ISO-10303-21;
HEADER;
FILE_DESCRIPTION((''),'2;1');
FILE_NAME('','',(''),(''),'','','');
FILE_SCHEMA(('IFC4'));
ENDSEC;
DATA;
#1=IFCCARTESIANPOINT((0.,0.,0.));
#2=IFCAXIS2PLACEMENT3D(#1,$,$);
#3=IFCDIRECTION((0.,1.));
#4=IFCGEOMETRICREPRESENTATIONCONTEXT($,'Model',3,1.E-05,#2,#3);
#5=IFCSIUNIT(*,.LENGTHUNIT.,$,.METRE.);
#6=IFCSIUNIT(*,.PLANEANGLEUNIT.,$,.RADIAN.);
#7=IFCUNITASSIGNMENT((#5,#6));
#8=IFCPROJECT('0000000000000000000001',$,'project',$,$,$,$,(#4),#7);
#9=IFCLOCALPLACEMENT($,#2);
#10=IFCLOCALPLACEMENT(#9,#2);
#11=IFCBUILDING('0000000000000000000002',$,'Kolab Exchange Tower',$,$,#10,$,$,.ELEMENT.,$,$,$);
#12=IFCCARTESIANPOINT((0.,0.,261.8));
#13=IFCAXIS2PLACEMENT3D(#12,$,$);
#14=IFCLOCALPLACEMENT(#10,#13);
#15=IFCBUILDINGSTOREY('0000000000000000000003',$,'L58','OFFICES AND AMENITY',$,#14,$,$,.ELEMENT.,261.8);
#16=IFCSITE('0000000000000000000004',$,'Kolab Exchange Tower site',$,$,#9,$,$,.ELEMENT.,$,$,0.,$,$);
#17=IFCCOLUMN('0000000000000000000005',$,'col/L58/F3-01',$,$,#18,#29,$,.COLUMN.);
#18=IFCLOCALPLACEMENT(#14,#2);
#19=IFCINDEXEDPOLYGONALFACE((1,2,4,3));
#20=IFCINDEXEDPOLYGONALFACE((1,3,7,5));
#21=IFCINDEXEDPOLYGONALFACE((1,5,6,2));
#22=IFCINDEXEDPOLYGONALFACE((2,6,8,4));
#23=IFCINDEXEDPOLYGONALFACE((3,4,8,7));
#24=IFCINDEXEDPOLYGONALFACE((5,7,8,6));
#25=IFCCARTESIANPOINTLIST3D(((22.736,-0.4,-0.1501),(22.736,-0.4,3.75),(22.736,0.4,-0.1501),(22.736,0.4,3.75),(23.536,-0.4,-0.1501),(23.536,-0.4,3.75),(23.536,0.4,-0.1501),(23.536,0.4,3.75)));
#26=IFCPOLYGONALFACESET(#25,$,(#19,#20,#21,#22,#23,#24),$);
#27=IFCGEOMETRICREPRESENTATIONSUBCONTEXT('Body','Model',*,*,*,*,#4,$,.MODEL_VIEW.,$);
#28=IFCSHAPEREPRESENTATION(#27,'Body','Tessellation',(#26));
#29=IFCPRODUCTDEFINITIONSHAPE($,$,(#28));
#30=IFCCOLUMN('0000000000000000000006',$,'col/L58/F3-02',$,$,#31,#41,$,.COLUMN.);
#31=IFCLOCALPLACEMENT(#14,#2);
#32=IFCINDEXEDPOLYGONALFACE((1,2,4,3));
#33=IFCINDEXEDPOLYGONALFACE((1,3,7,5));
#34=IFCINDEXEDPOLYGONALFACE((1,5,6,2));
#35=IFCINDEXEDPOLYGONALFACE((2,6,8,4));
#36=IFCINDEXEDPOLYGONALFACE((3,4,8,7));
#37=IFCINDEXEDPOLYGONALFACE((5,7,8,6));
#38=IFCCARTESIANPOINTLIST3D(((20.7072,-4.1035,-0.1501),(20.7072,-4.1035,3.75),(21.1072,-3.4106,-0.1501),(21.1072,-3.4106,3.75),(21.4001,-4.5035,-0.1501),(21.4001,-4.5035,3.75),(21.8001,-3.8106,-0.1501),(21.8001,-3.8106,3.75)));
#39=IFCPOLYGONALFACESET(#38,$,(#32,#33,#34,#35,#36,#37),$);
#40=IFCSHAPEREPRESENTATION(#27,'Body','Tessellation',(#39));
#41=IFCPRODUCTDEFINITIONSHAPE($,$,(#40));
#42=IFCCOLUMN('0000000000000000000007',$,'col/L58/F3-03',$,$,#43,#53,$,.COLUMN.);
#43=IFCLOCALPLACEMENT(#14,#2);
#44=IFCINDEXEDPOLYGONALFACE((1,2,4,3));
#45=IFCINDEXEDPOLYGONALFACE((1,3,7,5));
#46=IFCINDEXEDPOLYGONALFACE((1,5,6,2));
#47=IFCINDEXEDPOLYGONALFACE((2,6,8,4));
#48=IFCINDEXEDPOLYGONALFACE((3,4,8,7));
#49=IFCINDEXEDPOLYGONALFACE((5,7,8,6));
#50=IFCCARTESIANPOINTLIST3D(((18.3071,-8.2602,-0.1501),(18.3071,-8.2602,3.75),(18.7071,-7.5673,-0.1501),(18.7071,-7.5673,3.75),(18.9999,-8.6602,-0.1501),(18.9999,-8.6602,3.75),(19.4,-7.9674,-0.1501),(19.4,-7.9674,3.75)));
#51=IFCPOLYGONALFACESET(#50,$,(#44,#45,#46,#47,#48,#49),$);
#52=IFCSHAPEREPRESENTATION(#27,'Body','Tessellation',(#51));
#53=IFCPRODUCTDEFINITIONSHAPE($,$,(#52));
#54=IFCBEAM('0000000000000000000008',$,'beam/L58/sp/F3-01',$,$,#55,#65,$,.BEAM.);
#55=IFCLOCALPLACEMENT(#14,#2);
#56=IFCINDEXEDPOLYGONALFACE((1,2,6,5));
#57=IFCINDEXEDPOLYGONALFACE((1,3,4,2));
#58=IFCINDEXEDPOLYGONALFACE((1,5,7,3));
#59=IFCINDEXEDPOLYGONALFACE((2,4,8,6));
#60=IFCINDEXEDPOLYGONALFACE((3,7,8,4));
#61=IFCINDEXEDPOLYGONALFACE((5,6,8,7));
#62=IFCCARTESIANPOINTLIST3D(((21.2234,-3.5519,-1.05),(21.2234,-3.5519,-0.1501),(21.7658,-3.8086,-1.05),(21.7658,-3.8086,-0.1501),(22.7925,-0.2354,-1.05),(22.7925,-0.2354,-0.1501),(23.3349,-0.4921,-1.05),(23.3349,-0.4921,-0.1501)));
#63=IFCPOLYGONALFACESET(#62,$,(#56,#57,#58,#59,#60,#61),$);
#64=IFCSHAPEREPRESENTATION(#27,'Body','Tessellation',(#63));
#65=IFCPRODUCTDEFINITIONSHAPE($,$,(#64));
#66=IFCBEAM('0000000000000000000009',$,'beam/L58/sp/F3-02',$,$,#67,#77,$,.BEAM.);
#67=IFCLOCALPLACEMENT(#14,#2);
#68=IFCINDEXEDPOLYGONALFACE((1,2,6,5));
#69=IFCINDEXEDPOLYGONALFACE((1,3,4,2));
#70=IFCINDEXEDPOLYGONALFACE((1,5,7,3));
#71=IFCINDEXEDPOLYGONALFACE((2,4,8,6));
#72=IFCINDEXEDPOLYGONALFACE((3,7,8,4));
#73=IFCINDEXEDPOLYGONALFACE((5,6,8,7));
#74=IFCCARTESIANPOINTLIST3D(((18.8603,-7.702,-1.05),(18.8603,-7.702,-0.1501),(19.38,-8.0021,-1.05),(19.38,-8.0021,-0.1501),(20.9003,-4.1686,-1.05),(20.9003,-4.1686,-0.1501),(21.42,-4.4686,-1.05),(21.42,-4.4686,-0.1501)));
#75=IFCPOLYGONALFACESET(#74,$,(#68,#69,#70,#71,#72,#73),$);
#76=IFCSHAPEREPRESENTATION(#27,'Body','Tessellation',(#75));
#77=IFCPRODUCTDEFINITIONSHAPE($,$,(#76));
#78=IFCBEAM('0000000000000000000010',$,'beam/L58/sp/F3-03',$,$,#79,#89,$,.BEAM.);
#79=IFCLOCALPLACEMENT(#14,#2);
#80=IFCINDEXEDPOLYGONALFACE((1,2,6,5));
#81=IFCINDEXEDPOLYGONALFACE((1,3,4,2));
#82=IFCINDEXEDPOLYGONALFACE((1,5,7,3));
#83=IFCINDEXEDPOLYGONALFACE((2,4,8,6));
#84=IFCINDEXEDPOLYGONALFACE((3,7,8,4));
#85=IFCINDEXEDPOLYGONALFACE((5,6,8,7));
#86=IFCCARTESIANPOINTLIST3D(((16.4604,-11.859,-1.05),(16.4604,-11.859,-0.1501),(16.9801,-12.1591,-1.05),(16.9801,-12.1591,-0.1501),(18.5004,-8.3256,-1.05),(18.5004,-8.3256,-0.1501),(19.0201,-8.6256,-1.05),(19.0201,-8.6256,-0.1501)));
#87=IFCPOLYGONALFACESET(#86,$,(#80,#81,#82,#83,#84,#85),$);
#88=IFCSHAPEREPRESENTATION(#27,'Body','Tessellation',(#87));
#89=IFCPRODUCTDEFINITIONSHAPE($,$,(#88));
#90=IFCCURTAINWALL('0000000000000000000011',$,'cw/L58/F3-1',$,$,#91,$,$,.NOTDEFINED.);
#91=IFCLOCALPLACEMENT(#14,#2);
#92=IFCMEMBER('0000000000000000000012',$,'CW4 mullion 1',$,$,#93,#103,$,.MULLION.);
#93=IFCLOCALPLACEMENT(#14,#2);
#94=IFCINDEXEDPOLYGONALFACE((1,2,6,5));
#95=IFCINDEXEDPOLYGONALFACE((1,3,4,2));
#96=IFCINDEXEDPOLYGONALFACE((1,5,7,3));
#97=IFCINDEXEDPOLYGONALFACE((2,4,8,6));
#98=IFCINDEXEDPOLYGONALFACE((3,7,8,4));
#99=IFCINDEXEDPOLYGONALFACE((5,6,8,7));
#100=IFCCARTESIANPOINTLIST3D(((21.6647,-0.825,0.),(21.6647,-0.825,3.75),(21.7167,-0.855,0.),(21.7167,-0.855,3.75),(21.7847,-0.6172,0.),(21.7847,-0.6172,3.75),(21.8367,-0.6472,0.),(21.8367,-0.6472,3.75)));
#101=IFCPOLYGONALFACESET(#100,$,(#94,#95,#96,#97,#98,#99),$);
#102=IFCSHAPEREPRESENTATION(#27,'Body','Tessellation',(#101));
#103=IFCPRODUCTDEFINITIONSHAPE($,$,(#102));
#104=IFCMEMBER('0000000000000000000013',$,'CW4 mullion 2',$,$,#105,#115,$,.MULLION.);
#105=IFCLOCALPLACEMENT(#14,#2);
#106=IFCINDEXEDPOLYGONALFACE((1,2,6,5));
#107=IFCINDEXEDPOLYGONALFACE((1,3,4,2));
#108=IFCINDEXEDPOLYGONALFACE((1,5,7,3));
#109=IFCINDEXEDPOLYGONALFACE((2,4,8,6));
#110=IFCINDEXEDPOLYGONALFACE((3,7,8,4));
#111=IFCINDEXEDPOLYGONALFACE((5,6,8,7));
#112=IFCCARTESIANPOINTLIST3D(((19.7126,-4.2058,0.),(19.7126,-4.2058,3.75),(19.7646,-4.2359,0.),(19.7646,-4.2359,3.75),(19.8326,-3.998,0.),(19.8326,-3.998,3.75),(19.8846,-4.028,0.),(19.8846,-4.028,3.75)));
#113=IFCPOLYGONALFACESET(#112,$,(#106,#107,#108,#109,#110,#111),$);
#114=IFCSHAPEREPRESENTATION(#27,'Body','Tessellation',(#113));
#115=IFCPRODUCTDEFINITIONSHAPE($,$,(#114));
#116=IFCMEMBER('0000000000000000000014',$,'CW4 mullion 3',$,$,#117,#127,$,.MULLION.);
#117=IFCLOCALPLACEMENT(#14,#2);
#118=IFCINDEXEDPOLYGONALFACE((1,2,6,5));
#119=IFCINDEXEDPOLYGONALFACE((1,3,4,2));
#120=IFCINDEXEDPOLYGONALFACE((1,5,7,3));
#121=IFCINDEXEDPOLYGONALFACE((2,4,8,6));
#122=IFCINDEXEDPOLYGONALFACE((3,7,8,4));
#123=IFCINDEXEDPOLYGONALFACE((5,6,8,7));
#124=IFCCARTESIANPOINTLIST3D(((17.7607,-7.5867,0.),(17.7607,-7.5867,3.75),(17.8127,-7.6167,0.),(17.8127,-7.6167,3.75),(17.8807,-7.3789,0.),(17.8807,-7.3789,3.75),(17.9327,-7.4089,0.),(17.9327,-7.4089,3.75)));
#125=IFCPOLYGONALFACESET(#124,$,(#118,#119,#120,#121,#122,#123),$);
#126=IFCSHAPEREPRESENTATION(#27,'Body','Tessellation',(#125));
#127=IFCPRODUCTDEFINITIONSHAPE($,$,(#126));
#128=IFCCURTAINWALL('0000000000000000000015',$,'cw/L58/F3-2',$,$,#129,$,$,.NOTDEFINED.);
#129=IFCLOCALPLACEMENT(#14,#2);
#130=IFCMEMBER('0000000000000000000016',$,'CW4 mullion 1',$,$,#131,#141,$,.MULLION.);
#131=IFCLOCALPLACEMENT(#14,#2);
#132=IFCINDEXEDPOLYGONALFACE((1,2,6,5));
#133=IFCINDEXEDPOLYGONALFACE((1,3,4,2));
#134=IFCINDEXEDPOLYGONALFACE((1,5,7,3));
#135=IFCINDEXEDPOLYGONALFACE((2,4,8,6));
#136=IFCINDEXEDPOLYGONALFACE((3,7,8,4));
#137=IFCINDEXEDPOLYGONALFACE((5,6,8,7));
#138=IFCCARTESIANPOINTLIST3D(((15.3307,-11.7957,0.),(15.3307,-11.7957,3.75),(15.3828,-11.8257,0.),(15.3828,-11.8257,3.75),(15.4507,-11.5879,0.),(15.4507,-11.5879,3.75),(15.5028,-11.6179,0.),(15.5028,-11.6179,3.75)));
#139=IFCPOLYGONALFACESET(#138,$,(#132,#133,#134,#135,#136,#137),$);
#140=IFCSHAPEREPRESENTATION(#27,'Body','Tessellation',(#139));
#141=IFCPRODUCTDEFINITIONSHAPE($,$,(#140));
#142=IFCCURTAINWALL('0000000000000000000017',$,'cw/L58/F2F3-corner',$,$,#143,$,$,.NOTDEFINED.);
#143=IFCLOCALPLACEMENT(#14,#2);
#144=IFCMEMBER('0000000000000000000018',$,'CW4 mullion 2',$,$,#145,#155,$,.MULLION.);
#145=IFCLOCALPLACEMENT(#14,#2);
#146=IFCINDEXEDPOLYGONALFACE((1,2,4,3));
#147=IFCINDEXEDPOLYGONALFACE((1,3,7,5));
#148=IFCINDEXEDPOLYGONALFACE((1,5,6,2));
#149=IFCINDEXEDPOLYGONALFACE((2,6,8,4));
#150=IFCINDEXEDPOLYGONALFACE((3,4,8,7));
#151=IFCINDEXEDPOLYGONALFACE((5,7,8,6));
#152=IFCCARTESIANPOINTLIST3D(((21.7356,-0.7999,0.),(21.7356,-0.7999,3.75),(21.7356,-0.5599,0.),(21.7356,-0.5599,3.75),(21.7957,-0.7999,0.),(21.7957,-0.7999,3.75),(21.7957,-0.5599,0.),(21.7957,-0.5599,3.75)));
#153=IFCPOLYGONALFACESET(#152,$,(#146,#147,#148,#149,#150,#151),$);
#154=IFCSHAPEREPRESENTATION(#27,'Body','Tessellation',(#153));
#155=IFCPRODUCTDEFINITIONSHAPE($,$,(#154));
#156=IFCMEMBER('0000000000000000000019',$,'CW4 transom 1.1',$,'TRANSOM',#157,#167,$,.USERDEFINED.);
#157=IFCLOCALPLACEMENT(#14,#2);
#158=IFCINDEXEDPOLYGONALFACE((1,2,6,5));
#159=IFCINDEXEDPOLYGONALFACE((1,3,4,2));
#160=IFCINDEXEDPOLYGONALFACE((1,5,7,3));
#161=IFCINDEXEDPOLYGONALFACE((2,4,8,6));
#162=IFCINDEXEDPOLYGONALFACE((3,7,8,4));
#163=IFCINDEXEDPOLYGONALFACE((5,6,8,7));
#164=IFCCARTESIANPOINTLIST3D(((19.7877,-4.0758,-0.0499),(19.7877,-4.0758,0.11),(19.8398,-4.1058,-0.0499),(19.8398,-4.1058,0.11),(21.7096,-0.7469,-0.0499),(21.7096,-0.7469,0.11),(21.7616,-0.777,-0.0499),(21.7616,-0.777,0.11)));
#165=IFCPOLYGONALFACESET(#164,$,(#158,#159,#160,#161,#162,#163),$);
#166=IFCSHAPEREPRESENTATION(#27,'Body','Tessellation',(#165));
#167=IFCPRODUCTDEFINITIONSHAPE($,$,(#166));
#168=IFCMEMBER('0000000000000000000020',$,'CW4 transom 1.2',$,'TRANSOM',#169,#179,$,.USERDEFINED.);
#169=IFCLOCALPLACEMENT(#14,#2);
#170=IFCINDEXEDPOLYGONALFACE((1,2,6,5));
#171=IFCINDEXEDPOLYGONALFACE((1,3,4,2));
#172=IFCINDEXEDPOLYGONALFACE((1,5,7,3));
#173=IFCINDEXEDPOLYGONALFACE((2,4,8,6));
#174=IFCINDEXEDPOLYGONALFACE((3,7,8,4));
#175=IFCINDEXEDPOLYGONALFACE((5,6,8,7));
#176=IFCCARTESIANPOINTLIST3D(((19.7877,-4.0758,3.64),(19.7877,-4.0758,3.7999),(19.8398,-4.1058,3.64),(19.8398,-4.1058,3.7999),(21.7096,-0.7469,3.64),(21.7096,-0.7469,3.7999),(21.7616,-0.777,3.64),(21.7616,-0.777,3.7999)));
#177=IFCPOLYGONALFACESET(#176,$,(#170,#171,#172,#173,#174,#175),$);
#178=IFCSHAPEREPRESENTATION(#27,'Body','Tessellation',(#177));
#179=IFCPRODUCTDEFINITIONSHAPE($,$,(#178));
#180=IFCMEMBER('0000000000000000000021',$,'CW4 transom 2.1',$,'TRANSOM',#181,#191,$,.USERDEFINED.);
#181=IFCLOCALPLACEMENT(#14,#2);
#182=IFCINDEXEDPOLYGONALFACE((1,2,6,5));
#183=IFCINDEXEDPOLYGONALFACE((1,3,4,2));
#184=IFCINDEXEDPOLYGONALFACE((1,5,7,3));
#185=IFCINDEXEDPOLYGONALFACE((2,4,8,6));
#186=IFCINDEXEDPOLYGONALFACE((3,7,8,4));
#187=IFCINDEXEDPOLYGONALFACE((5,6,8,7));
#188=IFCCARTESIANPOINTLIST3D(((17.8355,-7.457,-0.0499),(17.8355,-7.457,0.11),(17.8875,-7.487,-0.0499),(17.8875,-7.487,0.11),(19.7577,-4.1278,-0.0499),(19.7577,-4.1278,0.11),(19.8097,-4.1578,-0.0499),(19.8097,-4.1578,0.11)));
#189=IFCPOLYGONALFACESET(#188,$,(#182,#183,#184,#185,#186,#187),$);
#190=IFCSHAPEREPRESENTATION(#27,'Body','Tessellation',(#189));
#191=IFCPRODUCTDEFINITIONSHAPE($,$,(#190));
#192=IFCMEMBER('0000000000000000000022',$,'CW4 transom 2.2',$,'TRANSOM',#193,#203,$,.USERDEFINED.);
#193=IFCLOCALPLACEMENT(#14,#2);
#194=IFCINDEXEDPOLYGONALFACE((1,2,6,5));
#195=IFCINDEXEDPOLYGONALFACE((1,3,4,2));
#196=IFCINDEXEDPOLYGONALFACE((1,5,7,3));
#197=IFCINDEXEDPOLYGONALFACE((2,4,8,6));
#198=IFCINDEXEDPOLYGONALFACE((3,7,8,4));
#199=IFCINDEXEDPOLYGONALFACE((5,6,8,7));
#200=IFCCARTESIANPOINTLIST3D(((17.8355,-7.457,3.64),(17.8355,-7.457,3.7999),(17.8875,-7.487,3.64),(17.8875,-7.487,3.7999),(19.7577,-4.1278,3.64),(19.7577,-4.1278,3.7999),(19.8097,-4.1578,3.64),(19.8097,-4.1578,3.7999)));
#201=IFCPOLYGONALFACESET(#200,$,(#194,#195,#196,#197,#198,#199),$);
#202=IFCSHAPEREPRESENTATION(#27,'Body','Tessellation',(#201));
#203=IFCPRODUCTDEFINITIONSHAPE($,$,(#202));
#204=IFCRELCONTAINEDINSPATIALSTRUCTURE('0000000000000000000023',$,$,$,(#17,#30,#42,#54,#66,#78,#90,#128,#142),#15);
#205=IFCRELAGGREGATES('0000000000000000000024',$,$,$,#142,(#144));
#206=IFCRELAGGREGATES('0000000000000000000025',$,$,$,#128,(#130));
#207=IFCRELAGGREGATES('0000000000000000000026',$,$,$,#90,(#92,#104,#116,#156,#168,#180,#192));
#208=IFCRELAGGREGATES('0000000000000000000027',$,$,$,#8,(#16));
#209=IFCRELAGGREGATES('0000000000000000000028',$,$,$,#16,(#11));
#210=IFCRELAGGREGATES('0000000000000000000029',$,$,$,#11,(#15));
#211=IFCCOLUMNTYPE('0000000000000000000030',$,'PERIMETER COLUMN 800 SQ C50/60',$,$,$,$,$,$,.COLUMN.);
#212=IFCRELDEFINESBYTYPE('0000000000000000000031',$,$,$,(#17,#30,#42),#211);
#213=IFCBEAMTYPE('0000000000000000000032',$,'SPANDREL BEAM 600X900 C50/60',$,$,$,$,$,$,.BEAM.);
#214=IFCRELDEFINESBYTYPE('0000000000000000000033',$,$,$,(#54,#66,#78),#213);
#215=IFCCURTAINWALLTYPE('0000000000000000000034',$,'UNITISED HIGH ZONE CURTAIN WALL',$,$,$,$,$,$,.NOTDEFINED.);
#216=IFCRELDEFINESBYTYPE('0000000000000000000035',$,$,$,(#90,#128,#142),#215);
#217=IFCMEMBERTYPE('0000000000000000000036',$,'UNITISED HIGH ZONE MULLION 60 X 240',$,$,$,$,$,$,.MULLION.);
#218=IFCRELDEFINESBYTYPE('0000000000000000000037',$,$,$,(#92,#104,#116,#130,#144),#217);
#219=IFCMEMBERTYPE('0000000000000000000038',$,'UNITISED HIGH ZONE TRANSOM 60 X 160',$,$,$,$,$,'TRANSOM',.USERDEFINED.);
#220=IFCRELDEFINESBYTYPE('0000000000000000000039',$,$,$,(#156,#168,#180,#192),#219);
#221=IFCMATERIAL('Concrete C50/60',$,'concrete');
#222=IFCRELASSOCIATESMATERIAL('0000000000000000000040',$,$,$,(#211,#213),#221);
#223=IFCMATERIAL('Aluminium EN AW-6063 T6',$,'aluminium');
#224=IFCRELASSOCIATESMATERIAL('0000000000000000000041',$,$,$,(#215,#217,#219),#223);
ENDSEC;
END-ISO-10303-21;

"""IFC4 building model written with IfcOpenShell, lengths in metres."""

from ifc_helpers import new_model, si_unit, direction, frame, origin, origin_2d, place, context, subcontext, project, spatial, rectangle, extrude, material, material_profile, profile_set, type_object, element, aggregate, save


model = new_model("IFC4")

# Units and contexts
model_context = context("Model", 3, precision=1e-05, world=origin(), true_north=direction((0.0, 1.0)))
body_context = subcontext(model_context, "Body", "Model", "MODEL_VIEW")
ifc_project = project(units=[si_unit("LENGTHUNIT", "METRE"), si_unit("PLANEANGLEUNIT", "RADIAN")], contexts=[model_context])

# Site, building, storey
site_placement = place(None, origin())
site = spatial("IfcSite", under=ifc_project, at=site_placement, Name="Kolab Exchange Tower site", CompositionType="ELEMENT", RefElevation=0.0)
building_placement = place(site_placement, origin())
building = spatial("IfcBuilding", under=site, at=building_placement, Name="Kolab Exchange Tower", CompositionType="ELEMENT")
storey_placement = place(building_placement, frame((0.0, 0.0, 261.8)))
storey = spatial("IfcBuildingStorey", under=building, at=storey_placement, Name="L58", Description="OFFICES AND AMENITY", CompositionType="ELEMENT", Elevation=261.8)

# Columns
ifc_material_1 = material(Name="Concrete C50/60", Category="concrete")
ifc_material_profile_1 = material_profile(ifc_material_1, rectangle(XDim=0.8, YDim=0.8, at=origin_2d()), Name="RC800")
ifc_profile_set_1 = profile_set([ifc_material_profile_1], Name="Concrete C50/60")
column_type = type_object("IfcColumnType", Name="PERIMETER COLUMN 800 SQ C50/60", PredefinedType="COLUMN", material=ifc_profile_set_1)
for number, where, z_axis, x_axis, name in (
    (1, (23.136, 0.0, -0.1501), (0.0, 0.0, 1.0), (1.0, 0.0, 0.0), "col/L58/F3-01"),
    (2, (21.2537, -3.957, -0.1501), (0.0, 0.0, 1.0), (0.5, 0.866025, 0.0), "col/L58/F3-02"),
    (3, (18.8535, -8.1138, -0.1501), (0.0, 0.0, 1.0), (0.5, 0.866025, 0.0), "col/L58/F3-03"),
):
    element("IfcColumn", number, at=place(storey_placement, frame(where, z_axis=z_axis, x_axis=x_axis)), inside=storey, type_object=column_type, Name=name, PredefinedType="COLUMN", context=body_context, shape_type="SweptSolid", body=[
        extrude(rectangle(XDim=0.8, YDim=0.8, at=origin_2d()), origin(), (0.0, 0.0, 1.0), 3.9001),
    ])

# Beams
ifc_material_profile_2 = material_profile(ifc_material_1, rectangle(XDim=0.6001, YDim=0.8999, at=origin_2d()), Name="RC600X900")
ifc_profile_set_2 = profile_set([ifc_material_profile_2], Name="Concrete C50/60")
beam_type = type_object("IfcBeamType", Name="SPANDREL BEAM 600X900 C50/60", PredefinedType="BEAM", material=ifc_profile_set_2)
beam_placement = place(storey_placement, frame((23.0637, -0.3638, -0.6001), z_axis=(-0.427677, -0.903932, 0.0), x_axis=(0.903932, -0.427677, 0.0)))
element("IfcBeam", 4, at=beam_placement, inside=storey, type_object=beam_type, Name="beam/L58/sp/F3-01", PredefinedType="BEAM", context=body_context, shape_type="SweptSolid", body=[
    extrude(rectangle(XDim=0.6001, YDim=0.8999, at=origin_2d()), origin(), (0.0, 0.0, 1.0), 3.6689),
])
for number, where, z_axis, x_axis, name in (
    (5, (21.1602, -4.3186, -0.6001), (-0.5, -0.866025, 0.0), (0.866025, -0.5, 0.0), "beam/L58/sp/F3-02"),
    (6, (18.7603, -8.4756, -0.6001), (-0.5, -0.866025, 0.0), (0.866025, -0.5, 0.0), "beam/L58/sp/F3-03"),
):
    element("IfcBeam", number, at=place(storey_placement, frame(where, z_axis=z_axis, x_axis=x_axis)), inside=storey, type_object=beam_type, Name=name, PredefinedType="BEAM", context=body_context, shape_type="SweptSolid", body=[
        extrude(rectangle(XDim=0.6001, YDim=0.8999, at=origin_2d()), origin(), (0.0, 0.0, 1.0), 4.0801),
    ])

# Curtain wall, members
ifc_material_2 = material(Name="Aluminium EN AW-6063 T6", Category="aluminium")
curtain_wall_type = type_object("IfcCurtainWallType", Name="UNITISED HIGH ZONE CURTAIN WALL", PredefinedType="NOTDEFINED", material=ifc_material_2)
curtain_wall_1_placement = place(storey_placement, origin())
curtain_wall_1 = element("IfcCurtainWall", 7, at=curtain_wall_1_placement, inside=storey, type_object=curtain_wall_type, Name="cw/L58/F3-1", PredefinedType="NOTDEFINED")
ifc_material_profile_3 = material_profile(ifc_material_2, rectangle(XDim=0.0601, YDim=0.24, at=origin_2d()), Name="RECT 60X240")
ifc_profile_set_3 = profile_set([ifc_material_profile_3], Name="Aluminium EN AW-6063 T6")
member_type_1 = type_object("IfcMemberType", Name="UNITISED HIGH ZONE MULLION 60 X 240", PredefinedType="MULLION", material=ifc_profile_set_3)
member_1_placement = place(storey_placement, frame((21.7507, -0.7361, 0.0), z_axis=(0.0, 0.0, 1.0), x_axis=(0.866025, -0.5, 0.0)))
member_1 = element("IfcMember", 8, at=member_1_placement, type_object=member_type_1, Name="CW4 mullion 1", PredefinedType="MULLION", context=body_context, shape_type="SweptSolid", body=[
    extrude(rectangle(XDim=0.0601, YDim=0.24, at=origin_2d()), origin(), (0.0, 0.0, 1.0), 3.75),
])
member_2_placement = place(storey_placement, frame((19.7986, -4.1169, 0.0), z_axis=(0.0, 0.0, 1.0), x_axis=(0.866025, -0.5, 0.0)))
member_2 = element("IfcMember", 9, at=member_2_placement, type_object=member_type_1, Name="CW4 mullion 2", PredefinedType="MULLION", context=body_context, shape_type="SweptSolid", body=[
    extrude(rectangle(XDim=0.0601, YDim=0.24, at=origin_2d()), origin(), (0.0, 0.0, 1.0), 3.75),
])
member_3_placement = place(storey_placement, frame((17.8467, -7.4978, 0.0), z_axis=(0.0, 0.0, 1.0), x_axis=(0.866025, -0.5, 0.0)))
member_3 = element("IfcMember", 10, at=member_3_placement, type_object=member_type_1, Name="CW4 mullion 3", PredefinedType="MULLION", context=body_context, shape_type="SweptSolid", body=[
    extrude(rectangle(XDim=0.0601, YDim=0.24, at=origin_2d()), origin(), (0.0, 0.0, 1.0), 3.75),
])

# Curtain walls, members
curtain_wall_2_placement = place(storey_placement, origin())
curtain_wall_2 = element("IfcCurtainWall", 11, at=curtain_wall_2_placement, inside=storey, type_object=curtain_wall_type, Name="cw/L58/F3-2", PredefinedType="NOTDEFINED")
member_4_placement = place(storey_placement, frame((15.4167, -11.7068, 0.0), z_axis=(0.0, 0.0, 1.0), x_axis=(0.866025, -0.5, 0.0)))
member_4 = element("IfcMember", 12, at=member_4_placement, type_object=member_type_1, Name="CW4 mullion 1", PredefinedType="MULLION", context=body_context, shape_type="SweptSolid", body=[
    extrude(rectangle(XDim=0.0601, YDim=0.24, at=origin_2d()), origin(), (0.0, 0.0, 1.0), 3.75),
])
curtain_wall_3_placement = place(storey_placement, origin())
curtain_wall_3 = element("IfcCurtainWall", 13, at=curtain_wall_3_placement, inside=storey, type_object=curtain_wall_type, Name="cw/L58/F2F3-corner", PredefinedType="NOTDEFINED")
member_5_placement = place(storey_placement, frame((21.7656, -0.6799, 0.0), z_axis=(0.0, 0.0, 1.0), x_axis=(1.0, 0.0, 0.0)))
member_5 = element("IfcMember", 14, at=member_5_placement, type_object=member_type_1, Name="CW4 mullion 2", PredefinedType="MULLION", context=body_context, shape_type="SweptSolid", body=[
    extrude(rectangle(XDim=0.0601, YDim=0.24, at=origin_2d()), origin(), (0.0, 0.0, 1.0), 3.75),
])
aggregate(curtain_wall_3, [member_5])

# Members
ifc_material_profile_4 = material_profile(ifc_material_2, rectangle(XDim=0.0601, YDim=0.1599, at=origin_2d()), Name="RECT 60X160")
ifc_profile_set_4 = profile_set([ifc_material_profile_4], Name="Aluminium EN AW-6063 T6")
member_type_2 = type_object("IfcMemberType", Name="UNITISED HIGH ZONE TRANSOM 60 X 160", ElementType="TRANSOM", PredefinedType="USERDEFINED", material=ifc_profile_set_4)
member_6_placement = place(storey_placement, frame((21.7356, -0.762, 0.03), z_axis=(-0.499992, -0.86603, 0.0), x_axis=(0.86603, -0.499992, 0.0)))
member_6 = element("IfcMember", 15, at=member_6_placement, type_object=member_type_2, Name="CW4 transom 1.1", ObjectType="TRANSOM", PredefinedType="USERDEFINED", context=body_context, shape_type="SweptSolid", body=[
    extrude(rectangle(XDim=0.0601, YDim=0.1599, at=origin_2d()), origin(), (0.0, 0.0, 1.0), 3.8438),
])
member_7_placement = place(storey_placement, frame((21.7356, -0.762, 3.72), z_axis=(-0.499992, -0.86603, 0.0), x_axis=(0.86603, -0.499992, 0.0)))
member_7 = element("IfcMember", 16, at=member_7_placement, type_object=member_type_2, Name="CW4 transom 1.2", ObjectType="TRANSOM", PredefinedType="USERDEFINED", context=body_context, shape_type="SweptSolid", body=[
    extrude(rectangle(XDim=0.0601, YDim=0.1599, at=origin_2d()), origin(), (0.0, 0.0, 1.0), 3.8438),
])
member_8_placement = place(storey_placement, frame((19.7837, -4.1428, 0.03), z_axis=(-0.500012, -0.866018, 0.0), x_axis=(0.866018, -0.500012, 0.0)))
member_8 = element("IfcMember", 17, at=member_8_placement, type_object=member_type_2, Name="CW4 transom 2.1", ObjectType="TRANSOM", PredefinedType="USERDEFINED", context=body_context, shape_type="SweptSolid", body=[
    extrude(rectangle(XDim=0.0601, YDim=0.1599, at=origin_2d()), origin(), (0.0, 0.0, 1.0), 3.8442),
])
member_9_placement = place(storey_placement, frame((19.7837, -4.1428, 3.72), z_axis=(-0.500012, -0.866018, 0.0), x_axis=(0.866018, -0.500012, 0.0)))
member_9 = element("IfcMember", 18, at=member_9_placement, type_object=member_type_2, Name="CW4 transom 2.2", ObjectType="TRANSOM", PredefinedType="USERDEFINED", context=body_context, shape_type="SweptSolid", body=[
    extrude(rectangle(XDim=0.0601, YDim=0.1599, at=origin_2d()), origin(), (0.0, 0.0, 1.0), 3.8442),
])
aggregate(curtain_wall_2, [member_4])

aggregate(curtain_wall_1, [member_1, member_2, member_3, member_6, member_7, member_8, member_9])

save(model, "model.ifc")
